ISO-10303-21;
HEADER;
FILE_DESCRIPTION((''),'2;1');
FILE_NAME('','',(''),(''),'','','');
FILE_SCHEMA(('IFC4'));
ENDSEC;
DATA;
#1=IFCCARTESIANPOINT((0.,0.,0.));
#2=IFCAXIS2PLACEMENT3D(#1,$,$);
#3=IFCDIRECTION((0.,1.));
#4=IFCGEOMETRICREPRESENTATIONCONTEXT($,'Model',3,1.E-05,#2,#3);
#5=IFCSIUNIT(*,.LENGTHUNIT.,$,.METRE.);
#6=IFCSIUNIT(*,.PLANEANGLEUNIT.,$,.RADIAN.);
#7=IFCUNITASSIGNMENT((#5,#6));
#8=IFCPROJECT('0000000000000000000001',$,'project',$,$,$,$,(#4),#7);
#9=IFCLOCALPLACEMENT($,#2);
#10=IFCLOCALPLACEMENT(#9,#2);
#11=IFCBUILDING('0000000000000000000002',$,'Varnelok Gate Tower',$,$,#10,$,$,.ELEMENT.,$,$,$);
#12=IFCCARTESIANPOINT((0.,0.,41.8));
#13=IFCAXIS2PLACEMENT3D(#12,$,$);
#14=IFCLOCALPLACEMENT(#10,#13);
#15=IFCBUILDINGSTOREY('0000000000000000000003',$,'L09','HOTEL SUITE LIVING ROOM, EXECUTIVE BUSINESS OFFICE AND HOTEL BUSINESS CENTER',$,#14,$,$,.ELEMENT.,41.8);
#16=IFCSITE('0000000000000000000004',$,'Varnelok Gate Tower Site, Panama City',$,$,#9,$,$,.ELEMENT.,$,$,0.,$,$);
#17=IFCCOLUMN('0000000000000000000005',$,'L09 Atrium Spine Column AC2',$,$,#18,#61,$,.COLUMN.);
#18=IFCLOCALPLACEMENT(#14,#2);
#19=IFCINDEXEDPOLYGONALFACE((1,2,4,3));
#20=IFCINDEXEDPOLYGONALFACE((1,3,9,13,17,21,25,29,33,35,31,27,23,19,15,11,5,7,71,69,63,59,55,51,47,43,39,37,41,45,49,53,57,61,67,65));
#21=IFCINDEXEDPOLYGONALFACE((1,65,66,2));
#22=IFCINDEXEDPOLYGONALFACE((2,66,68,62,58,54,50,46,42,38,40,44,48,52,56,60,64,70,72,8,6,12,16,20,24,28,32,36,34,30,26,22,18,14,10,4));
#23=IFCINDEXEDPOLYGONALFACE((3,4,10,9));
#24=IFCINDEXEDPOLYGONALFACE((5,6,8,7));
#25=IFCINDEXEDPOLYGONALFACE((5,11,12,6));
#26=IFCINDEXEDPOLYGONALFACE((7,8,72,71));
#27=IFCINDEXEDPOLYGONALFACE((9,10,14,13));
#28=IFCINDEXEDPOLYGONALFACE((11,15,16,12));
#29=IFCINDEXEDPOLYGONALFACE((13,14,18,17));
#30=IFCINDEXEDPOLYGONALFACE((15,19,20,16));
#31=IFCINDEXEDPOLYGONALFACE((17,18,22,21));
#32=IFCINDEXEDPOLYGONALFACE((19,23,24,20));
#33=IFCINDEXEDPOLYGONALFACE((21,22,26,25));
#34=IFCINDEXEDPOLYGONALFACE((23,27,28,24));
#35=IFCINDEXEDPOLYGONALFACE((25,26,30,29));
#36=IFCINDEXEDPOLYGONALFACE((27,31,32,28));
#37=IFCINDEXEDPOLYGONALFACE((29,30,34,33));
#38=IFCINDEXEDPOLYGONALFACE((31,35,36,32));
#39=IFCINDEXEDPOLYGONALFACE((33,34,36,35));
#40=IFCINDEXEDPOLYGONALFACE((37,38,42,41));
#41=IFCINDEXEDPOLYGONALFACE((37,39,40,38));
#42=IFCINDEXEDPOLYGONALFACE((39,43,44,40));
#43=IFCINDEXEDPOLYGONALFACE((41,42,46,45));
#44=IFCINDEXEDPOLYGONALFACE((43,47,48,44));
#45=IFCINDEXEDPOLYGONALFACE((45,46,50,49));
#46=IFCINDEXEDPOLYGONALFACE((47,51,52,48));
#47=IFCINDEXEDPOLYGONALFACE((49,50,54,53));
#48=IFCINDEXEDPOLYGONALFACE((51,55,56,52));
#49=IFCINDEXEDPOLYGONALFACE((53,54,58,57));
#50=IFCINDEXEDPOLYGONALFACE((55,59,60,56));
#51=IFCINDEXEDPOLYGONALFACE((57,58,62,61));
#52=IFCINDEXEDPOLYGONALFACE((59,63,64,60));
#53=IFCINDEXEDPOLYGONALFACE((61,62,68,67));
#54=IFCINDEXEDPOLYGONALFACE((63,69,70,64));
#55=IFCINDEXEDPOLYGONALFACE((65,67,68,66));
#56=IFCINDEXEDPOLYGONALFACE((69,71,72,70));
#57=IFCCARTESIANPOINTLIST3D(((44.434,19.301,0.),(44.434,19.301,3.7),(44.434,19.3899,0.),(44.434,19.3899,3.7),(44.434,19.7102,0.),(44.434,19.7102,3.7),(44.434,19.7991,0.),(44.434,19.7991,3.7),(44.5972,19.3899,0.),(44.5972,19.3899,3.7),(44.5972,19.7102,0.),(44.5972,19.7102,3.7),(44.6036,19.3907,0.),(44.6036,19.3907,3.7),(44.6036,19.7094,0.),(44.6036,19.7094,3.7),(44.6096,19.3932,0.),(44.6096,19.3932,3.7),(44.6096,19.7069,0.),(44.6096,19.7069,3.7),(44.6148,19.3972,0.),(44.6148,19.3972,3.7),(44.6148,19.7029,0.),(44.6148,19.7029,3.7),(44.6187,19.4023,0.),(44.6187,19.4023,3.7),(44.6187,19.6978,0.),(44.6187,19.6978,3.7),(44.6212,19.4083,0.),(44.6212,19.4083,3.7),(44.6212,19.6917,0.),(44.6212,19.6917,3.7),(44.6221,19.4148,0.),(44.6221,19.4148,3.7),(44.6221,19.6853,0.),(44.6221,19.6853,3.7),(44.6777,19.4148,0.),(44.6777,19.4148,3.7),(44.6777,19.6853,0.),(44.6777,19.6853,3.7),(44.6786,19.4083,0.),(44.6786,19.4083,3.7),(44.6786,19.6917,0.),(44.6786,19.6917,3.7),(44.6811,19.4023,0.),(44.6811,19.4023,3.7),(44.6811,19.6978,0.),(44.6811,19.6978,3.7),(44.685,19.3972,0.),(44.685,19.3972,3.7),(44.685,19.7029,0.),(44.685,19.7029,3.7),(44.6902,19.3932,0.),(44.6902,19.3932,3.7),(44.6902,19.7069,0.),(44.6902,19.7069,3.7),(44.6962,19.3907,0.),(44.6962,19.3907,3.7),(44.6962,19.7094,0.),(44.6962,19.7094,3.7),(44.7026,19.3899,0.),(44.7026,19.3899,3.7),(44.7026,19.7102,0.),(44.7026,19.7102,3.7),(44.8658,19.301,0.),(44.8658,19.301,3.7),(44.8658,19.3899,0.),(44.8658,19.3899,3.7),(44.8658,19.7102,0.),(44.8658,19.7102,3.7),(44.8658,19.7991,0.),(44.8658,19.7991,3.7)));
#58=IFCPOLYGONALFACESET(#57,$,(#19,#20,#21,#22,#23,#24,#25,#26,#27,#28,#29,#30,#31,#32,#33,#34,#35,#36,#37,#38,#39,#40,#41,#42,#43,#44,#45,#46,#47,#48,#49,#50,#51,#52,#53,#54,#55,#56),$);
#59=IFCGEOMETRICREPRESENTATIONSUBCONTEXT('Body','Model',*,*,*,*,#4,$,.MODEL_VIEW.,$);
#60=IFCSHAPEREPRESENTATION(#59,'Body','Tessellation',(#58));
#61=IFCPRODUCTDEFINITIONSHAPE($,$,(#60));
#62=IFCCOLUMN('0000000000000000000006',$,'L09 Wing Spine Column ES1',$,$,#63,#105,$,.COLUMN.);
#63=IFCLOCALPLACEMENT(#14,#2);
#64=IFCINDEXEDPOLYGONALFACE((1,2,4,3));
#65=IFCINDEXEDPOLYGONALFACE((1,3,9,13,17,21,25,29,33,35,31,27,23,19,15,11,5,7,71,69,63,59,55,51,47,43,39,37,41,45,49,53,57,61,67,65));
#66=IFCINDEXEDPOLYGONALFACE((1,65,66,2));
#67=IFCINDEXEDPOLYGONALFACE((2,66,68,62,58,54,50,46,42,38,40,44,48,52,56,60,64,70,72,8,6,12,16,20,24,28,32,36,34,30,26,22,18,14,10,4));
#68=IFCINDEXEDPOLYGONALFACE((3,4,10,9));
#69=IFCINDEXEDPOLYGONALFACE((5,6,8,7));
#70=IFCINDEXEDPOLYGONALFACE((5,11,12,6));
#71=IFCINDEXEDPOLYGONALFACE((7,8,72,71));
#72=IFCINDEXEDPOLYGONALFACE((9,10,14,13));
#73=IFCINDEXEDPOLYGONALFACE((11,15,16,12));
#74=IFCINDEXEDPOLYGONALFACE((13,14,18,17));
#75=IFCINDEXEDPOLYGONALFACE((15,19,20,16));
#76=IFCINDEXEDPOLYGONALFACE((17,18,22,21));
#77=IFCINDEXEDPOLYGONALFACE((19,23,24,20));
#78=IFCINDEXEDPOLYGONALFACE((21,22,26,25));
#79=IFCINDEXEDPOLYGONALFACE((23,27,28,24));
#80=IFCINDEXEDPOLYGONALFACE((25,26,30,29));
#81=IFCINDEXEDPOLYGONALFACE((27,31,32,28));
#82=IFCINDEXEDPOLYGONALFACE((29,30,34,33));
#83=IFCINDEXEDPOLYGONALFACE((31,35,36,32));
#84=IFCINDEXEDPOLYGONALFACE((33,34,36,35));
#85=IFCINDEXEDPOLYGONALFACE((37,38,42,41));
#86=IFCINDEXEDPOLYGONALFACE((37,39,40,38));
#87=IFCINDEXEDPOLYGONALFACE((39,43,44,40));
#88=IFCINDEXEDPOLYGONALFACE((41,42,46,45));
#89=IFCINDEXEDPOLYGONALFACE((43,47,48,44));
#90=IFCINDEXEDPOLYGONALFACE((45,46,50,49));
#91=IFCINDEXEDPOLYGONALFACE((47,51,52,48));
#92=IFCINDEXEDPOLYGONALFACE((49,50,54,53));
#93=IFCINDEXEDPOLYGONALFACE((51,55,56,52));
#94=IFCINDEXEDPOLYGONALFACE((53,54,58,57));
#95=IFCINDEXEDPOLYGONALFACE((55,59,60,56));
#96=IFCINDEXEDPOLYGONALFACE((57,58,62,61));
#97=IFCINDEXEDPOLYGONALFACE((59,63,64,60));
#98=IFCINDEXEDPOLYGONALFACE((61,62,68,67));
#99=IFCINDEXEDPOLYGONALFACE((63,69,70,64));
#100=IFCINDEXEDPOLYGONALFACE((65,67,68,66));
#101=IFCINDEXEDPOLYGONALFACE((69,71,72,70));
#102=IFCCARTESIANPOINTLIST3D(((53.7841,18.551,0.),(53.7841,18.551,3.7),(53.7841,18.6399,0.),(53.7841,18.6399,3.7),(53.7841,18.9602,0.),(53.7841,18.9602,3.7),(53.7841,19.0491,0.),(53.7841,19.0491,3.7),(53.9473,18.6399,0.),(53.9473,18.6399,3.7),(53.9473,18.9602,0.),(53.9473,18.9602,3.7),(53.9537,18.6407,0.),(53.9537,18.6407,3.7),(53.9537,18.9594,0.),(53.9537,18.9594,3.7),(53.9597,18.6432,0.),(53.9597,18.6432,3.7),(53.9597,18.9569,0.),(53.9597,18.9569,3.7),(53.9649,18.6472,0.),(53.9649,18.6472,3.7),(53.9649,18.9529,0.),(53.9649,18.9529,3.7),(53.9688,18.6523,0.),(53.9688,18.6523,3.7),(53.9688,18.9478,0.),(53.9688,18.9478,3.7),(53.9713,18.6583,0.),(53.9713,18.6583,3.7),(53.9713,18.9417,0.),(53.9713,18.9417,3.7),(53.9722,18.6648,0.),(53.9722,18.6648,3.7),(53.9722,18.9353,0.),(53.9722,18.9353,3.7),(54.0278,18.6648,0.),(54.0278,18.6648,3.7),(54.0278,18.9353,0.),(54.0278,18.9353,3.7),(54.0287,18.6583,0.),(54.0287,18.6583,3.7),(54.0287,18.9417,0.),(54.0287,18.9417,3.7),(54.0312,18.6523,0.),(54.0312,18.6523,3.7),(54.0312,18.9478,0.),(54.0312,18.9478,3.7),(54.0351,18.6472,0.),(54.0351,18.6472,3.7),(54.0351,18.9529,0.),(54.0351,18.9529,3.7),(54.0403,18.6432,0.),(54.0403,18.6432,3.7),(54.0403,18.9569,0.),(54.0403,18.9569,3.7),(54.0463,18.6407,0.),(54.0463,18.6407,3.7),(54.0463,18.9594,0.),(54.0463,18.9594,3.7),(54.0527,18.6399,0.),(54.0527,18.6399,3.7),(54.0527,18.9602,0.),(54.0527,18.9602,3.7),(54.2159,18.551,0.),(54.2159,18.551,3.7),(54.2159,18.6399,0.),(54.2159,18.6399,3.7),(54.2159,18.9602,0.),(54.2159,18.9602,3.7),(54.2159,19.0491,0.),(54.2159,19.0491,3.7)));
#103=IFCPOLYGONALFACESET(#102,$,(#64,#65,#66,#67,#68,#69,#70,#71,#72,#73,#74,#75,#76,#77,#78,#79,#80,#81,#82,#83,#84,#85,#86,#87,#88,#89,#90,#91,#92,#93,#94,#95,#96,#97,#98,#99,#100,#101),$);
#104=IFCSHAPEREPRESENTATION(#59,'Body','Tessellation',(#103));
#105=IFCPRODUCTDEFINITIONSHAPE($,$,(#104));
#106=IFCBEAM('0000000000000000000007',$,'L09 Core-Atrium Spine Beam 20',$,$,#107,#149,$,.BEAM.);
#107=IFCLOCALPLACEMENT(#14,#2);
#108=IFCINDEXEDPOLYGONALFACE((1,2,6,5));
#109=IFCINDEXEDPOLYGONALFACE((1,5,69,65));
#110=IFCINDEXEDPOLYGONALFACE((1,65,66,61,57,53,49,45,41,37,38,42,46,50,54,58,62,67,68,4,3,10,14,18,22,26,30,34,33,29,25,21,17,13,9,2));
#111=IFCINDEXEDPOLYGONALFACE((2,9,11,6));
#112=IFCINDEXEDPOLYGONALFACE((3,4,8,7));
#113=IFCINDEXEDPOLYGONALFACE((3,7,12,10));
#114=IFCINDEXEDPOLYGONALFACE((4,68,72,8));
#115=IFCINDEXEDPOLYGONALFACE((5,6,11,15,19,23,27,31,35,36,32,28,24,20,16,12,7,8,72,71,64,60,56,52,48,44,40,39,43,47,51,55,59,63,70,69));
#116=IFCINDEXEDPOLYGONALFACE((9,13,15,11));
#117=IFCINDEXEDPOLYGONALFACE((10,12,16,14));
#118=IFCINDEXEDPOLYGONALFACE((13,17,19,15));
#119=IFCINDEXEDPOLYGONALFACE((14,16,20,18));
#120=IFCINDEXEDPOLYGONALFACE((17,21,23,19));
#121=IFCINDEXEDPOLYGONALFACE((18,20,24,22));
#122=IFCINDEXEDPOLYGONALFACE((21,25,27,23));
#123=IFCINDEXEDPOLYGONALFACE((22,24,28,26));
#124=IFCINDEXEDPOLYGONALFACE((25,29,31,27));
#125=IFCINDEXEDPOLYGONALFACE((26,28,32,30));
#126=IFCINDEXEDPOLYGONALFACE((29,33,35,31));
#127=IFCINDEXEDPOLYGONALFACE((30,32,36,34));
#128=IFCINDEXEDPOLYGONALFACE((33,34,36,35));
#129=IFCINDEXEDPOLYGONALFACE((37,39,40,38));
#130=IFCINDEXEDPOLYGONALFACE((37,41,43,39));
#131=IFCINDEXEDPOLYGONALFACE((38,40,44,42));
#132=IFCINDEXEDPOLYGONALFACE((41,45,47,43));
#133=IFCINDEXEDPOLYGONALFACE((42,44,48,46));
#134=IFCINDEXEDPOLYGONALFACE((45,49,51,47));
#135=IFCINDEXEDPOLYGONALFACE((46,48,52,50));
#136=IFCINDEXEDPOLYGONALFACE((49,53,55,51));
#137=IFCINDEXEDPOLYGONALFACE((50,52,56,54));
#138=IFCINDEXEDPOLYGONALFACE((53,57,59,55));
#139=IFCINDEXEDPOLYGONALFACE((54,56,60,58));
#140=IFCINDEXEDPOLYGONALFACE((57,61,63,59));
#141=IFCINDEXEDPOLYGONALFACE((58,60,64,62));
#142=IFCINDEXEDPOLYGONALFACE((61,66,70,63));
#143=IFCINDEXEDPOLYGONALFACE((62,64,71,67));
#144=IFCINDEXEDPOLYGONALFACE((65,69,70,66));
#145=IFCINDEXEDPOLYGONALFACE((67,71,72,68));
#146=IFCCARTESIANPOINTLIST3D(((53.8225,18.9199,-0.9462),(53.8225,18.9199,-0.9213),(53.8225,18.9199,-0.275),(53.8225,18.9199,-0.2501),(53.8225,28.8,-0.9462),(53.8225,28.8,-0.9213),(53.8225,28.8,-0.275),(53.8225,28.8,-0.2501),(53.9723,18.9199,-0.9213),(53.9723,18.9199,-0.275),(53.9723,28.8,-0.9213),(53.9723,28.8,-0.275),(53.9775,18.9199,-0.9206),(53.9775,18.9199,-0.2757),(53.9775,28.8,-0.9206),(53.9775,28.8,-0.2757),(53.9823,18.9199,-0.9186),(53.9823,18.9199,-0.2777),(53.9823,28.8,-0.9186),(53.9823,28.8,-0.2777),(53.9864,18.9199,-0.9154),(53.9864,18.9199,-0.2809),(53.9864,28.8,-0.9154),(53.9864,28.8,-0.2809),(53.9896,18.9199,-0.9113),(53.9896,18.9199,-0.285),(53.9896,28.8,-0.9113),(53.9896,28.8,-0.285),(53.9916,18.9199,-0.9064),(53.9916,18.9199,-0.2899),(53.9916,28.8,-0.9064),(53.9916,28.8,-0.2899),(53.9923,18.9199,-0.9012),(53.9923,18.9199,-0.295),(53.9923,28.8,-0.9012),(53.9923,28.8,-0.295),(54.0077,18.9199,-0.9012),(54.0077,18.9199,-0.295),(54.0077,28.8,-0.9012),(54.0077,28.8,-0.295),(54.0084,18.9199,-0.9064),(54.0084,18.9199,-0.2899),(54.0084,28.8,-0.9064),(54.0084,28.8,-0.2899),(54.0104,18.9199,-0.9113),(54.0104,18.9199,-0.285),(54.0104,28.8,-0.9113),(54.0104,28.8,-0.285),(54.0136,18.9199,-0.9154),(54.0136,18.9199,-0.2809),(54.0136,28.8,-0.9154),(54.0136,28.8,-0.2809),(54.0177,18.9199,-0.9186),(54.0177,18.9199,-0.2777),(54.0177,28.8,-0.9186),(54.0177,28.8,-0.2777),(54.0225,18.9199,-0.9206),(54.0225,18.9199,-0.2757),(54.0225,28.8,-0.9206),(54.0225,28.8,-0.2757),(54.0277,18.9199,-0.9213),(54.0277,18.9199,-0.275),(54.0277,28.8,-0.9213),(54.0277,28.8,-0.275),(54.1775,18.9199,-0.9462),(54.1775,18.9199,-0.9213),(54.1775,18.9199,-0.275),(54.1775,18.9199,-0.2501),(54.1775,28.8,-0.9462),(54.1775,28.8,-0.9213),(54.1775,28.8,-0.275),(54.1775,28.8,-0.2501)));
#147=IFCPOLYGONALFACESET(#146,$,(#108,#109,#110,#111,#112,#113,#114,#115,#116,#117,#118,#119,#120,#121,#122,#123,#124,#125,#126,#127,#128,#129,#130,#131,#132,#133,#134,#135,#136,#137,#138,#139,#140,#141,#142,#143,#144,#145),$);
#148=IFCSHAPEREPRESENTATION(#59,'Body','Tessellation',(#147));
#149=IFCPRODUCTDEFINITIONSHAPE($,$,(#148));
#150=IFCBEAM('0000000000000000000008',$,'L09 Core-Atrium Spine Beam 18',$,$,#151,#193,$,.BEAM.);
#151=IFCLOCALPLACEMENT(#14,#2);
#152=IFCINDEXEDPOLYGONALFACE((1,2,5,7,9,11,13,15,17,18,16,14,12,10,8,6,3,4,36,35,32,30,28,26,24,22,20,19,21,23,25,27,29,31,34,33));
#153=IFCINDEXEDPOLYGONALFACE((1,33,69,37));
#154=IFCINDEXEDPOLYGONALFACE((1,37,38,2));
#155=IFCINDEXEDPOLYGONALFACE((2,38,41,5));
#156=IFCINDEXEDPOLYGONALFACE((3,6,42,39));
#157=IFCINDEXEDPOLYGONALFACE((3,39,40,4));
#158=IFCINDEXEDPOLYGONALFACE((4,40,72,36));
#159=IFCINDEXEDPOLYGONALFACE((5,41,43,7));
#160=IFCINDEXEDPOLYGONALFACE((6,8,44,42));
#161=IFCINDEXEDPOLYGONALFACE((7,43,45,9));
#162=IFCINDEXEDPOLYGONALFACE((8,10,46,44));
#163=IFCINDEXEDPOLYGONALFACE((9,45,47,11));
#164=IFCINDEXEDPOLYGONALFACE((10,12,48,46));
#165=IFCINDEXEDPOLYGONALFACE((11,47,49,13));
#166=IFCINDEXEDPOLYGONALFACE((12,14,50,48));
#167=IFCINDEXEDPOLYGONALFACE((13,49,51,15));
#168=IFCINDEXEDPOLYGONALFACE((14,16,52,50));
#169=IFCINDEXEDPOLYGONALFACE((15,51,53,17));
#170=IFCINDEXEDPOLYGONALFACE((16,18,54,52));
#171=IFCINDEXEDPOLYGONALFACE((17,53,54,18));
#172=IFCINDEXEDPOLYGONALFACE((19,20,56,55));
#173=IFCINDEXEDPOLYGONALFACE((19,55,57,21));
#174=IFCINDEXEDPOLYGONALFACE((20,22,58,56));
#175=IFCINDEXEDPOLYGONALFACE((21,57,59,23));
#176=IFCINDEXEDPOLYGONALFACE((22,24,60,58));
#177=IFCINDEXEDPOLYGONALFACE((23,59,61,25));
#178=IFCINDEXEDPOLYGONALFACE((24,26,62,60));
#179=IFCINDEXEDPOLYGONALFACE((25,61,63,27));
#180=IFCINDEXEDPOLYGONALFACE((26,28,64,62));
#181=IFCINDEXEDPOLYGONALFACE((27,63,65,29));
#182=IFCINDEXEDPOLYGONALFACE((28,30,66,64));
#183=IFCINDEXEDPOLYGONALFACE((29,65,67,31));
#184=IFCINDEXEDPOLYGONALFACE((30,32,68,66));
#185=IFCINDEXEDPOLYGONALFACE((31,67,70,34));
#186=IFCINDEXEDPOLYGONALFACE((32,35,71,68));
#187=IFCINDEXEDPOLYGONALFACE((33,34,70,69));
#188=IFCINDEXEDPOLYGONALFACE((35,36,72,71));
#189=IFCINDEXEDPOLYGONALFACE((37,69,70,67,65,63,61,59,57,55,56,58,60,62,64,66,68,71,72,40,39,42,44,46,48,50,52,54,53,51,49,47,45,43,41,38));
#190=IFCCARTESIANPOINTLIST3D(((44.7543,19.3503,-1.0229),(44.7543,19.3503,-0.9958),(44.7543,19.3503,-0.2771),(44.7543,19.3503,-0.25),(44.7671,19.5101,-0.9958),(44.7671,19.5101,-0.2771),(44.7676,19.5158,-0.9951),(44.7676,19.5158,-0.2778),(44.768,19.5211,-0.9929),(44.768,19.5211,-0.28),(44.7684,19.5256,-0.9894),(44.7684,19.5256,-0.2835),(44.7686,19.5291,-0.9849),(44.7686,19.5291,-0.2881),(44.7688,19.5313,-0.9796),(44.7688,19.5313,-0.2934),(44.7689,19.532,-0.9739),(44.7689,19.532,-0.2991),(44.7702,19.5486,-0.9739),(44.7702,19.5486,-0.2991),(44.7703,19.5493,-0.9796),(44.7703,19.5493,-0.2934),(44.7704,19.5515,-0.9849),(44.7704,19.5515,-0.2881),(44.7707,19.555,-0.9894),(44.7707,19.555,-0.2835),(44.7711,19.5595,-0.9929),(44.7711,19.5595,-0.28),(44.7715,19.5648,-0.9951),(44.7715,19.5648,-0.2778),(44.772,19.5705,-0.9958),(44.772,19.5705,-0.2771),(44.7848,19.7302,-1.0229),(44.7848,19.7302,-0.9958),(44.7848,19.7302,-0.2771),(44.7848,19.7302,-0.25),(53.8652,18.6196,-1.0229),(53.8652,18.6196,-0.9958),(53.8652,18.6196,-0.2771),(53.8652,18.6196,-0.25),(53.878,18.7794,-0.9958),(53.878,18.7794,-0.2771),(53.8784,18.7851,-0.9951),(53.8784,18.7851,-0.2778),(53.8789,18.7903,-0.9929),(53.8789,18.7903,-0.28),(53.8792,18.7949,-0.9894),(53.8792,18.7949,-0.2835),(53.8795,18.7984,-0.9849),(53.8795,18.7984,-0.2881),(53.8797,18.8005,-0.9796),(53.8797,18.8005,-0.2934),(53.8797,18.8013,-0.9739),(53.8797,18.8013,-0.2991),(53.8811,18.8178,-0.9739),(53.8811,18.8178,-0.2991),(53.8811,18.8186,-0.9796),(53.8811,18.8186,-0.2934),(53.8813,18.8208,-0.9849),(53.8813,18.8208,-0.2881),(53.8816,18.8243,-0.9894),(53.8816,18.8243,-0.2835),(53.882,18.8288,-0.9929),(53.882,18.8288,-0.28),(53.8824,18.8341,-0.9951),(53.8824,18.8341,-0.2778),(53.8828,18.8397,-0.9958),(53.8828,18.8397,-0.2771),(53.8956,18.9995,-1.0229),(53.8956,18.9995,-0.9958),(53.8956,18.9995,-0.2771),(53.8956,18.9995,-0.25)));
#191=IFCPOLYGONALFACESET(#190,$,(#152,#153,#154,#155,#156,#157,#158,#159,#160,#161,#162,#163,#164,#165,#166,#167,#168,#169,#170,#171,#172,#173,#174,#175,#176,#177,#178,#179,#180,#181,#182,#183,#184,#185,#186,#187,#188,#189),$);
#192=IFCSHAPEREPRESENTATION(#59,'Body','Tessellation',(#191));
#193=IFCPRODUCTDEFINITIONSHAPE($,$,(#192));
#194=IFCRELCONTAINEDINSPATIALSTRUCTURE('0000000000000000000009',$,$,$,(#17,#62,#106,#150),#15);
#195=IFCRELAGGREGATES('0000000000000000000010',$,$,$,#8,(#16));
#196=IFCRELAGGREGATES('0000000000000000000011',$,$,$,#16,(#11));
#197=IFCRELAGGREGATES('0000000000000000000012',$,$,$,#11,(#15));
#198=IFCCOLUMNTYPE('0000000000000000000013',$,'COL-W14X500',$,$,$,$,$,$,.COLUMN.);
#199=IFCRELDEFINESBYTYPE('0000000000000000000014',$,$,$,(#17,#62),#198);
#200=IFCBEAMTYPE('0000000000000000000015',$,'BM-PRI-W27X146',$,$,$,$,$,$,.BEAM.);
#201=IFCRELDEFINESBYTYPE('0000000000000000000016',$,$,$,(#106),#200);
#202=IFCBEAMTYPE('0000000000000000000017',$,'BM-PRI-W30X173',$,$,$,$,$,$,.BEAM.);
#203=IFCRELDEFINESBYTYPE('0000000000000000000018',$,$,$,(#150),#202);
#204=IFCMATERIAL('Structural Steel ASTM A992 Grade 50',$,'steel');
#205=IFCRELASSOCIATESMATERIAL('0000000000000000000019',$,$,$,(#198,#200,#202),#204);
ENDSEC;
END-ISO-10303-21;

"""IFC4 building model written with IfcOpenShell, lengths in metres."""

from ifc_helpers import new_model, si_unit, direction, frame, origin, origin_2d, place, context, subcontext, project, spatial, i_section, extrude, material, material_profile, profile_set, type_object, element, save


model = new_model("IFC4")

# Units and contexts
model_context = context("Model", 3, precision=1e-05, world=origin(), true_north=direction((0.0, 1.0)))
body_context = subcontext(model_context, "Body", "Model", "MODEL_VIEW")
ifc_project = project(units=[si_unit("LENGTHUNIT", "METRE"), si_unit("PLANEANGLEUNIT", "RADIAN")], contexts=[model_context])

# Site, building, storey
site_placement = place(None, origin())
site = spatial("IfcSite", under=ifc_project, at=site_placement, Name="Varnelok Gate Tower Site, Panama City", CompositionType="ELEMENT", RefElevation=0.0)
building_placement = place(site_placement, origin())
building = spatial("IfcBuilding", under=site, at=building_placement, Name="Varnelok Gate Tower", CompositionType="ELEMENT")
storey_placement = place(building_placement, frame((0.0, 0.0, 41.8)))
storey = spatial("IfcBuildingStorey", under=building, at=storey_placement, Name="L09", Description="HOTEL SUITE LIVING ROOM, EXECUTIVE BUSINESS OFFICE AND HOTEL BUSINESS CENTER", CompositionType="ELEMENT", Elevation=41.8)

# Columns
ifc_material_1 = material(Name="Structural Steel ASTM A992 Grade 50", Category="steel")
ifc_material_profile_1 = material_profile(ifc_material_1, i_section(OverallWidth=0.4319, OverallDepth=0.498, WebThickness=0.0557, FlangeThickness=0.0889, FilletRadius=0.0249, at=origin_2d()), Name="W14X500")
ifc_profile_set_1 = profile_set([ifc_material_profile_1], Name="Structural Steel ASTM A992 Grade 50")
column_type = type_object("IfcColumnType", Name="COL-W14X500", PredefinedType="COLUMN", material=ifc_profile_set_1)
for number, where, z_axis, x_axis, name in (
    (1, (44.6499, 19.55, 0.0), (0.0, 0.0, 1.0), (1.0, 0.0, 0.0), "L09 Atrium Spine Column AC2"),
    (2, (54.0, 18.8, 0.0), (0.0, 0.0, 1.0), (1.0, 0.0, 0.0), "L09 Wing Spine Column ES1"),
):
    element("IfcColumn", number, at=place(storey_placement, frame(where, z_axis=z_axis, x_axis=x_axis)), inside=storey, type_object=column_type, Name=name, PredefinedType="COLUMN", context=body_context, shape_type="SweptSolid", body=[
        extrude(i_section(OverallWidth=0.4319, OverallDepth=0.498, WebThickness=0.0557, FlangeThickness=0.0889, FilletRadius=0.0249, at=origin_2d()), origin(), (0.0, 0.0, 1.0), 3.7),
    ])

# Beams
ifc_material_profile_2 = material_profile(ifc_material_1, i_section(OverallWidth=0.355, OverallDepth=0.696, WebThickness=0.0154, FlangeThickness=0.0249, FilletRadius=0.02, at=origin_2d()), Name="W27X146")
ifc_profile_set_2 = profile_set([ifc_material_profile_2], Name="Structural Steel ASTM A992 Grade 50")
beam_type_1 = type_object("IfcBeamType", Name="BM-PRI-W27X146", PredefinedType="BEAM", material=ifc_profile_set_2)
beam_1_placement = place(storey_placement, frame((54.0, 18.9199, -0.5981), z_axis=(0.0, 1.0, 0.0), x_axis=(-1.0, 0.0, 0.0)))
element("IfcBeam", 3, at=beam_1_placement, inside=storey, type_object=beam_type_1, Name="L09 Core-Atrium Spine Beam 20", PredefinedType="BEAM", context=body_context, shape_type="SweptSolid", body=[
    extrude(i_section(OverallWidth=0.355, OverallDepth=0.696, WebThickness=0.0154, FlangeThickness=0.0249, FilletRadius=0.02, at=origin_2d()), origin(), (0.0, 0.0, 1.0), 9.8801),
])
ifc_material_profile_3 = material_profile(ifc_material_1, i_section(OverallWidth=0.3811, OverallDepth=0.7729, WebThickness=0.0166, FlangeThickness=0.0271, FilletRadius=0.022, at=origin_2d()), Name="W30X173")
ifc_profile_set_3 = profile_set([ifc_material_profile_3], Name="Structural Steel ASTM A992 Grade 50")
beam_type_2 = type_object("IfcBeamType", Name="BM-PRI-W30X173", PredefinedType="BEAM", material=ifc_profile_set_3)
beam_2_placement = place(storey_placement, frame((44.7695, 19.5403, -0.6365), z_axis=(0.996799, -0.079946, 0.0), x_axis=(0.079946, 0.996799, 0.0)))
element("IfcBeam", 4, at=beam_2_placement, inside=storey, type_object=beam_type_2, Name="L09 Core-Atrium Spine Beam 18", PredefinedType="BEAM", context=body_context, shape_type="SweptSolid", body=[
    extrude(i_section(OverallWidth=0.3811, OverallDepth=0.7729, WebThickness=0.0166, FlangeThickness=0.0271, FilletRadius=0.022, at=origin_2d()), origin(), (0.0, 0.0, 1.0), 9.1401),
])

save(model, "model.ifc")
